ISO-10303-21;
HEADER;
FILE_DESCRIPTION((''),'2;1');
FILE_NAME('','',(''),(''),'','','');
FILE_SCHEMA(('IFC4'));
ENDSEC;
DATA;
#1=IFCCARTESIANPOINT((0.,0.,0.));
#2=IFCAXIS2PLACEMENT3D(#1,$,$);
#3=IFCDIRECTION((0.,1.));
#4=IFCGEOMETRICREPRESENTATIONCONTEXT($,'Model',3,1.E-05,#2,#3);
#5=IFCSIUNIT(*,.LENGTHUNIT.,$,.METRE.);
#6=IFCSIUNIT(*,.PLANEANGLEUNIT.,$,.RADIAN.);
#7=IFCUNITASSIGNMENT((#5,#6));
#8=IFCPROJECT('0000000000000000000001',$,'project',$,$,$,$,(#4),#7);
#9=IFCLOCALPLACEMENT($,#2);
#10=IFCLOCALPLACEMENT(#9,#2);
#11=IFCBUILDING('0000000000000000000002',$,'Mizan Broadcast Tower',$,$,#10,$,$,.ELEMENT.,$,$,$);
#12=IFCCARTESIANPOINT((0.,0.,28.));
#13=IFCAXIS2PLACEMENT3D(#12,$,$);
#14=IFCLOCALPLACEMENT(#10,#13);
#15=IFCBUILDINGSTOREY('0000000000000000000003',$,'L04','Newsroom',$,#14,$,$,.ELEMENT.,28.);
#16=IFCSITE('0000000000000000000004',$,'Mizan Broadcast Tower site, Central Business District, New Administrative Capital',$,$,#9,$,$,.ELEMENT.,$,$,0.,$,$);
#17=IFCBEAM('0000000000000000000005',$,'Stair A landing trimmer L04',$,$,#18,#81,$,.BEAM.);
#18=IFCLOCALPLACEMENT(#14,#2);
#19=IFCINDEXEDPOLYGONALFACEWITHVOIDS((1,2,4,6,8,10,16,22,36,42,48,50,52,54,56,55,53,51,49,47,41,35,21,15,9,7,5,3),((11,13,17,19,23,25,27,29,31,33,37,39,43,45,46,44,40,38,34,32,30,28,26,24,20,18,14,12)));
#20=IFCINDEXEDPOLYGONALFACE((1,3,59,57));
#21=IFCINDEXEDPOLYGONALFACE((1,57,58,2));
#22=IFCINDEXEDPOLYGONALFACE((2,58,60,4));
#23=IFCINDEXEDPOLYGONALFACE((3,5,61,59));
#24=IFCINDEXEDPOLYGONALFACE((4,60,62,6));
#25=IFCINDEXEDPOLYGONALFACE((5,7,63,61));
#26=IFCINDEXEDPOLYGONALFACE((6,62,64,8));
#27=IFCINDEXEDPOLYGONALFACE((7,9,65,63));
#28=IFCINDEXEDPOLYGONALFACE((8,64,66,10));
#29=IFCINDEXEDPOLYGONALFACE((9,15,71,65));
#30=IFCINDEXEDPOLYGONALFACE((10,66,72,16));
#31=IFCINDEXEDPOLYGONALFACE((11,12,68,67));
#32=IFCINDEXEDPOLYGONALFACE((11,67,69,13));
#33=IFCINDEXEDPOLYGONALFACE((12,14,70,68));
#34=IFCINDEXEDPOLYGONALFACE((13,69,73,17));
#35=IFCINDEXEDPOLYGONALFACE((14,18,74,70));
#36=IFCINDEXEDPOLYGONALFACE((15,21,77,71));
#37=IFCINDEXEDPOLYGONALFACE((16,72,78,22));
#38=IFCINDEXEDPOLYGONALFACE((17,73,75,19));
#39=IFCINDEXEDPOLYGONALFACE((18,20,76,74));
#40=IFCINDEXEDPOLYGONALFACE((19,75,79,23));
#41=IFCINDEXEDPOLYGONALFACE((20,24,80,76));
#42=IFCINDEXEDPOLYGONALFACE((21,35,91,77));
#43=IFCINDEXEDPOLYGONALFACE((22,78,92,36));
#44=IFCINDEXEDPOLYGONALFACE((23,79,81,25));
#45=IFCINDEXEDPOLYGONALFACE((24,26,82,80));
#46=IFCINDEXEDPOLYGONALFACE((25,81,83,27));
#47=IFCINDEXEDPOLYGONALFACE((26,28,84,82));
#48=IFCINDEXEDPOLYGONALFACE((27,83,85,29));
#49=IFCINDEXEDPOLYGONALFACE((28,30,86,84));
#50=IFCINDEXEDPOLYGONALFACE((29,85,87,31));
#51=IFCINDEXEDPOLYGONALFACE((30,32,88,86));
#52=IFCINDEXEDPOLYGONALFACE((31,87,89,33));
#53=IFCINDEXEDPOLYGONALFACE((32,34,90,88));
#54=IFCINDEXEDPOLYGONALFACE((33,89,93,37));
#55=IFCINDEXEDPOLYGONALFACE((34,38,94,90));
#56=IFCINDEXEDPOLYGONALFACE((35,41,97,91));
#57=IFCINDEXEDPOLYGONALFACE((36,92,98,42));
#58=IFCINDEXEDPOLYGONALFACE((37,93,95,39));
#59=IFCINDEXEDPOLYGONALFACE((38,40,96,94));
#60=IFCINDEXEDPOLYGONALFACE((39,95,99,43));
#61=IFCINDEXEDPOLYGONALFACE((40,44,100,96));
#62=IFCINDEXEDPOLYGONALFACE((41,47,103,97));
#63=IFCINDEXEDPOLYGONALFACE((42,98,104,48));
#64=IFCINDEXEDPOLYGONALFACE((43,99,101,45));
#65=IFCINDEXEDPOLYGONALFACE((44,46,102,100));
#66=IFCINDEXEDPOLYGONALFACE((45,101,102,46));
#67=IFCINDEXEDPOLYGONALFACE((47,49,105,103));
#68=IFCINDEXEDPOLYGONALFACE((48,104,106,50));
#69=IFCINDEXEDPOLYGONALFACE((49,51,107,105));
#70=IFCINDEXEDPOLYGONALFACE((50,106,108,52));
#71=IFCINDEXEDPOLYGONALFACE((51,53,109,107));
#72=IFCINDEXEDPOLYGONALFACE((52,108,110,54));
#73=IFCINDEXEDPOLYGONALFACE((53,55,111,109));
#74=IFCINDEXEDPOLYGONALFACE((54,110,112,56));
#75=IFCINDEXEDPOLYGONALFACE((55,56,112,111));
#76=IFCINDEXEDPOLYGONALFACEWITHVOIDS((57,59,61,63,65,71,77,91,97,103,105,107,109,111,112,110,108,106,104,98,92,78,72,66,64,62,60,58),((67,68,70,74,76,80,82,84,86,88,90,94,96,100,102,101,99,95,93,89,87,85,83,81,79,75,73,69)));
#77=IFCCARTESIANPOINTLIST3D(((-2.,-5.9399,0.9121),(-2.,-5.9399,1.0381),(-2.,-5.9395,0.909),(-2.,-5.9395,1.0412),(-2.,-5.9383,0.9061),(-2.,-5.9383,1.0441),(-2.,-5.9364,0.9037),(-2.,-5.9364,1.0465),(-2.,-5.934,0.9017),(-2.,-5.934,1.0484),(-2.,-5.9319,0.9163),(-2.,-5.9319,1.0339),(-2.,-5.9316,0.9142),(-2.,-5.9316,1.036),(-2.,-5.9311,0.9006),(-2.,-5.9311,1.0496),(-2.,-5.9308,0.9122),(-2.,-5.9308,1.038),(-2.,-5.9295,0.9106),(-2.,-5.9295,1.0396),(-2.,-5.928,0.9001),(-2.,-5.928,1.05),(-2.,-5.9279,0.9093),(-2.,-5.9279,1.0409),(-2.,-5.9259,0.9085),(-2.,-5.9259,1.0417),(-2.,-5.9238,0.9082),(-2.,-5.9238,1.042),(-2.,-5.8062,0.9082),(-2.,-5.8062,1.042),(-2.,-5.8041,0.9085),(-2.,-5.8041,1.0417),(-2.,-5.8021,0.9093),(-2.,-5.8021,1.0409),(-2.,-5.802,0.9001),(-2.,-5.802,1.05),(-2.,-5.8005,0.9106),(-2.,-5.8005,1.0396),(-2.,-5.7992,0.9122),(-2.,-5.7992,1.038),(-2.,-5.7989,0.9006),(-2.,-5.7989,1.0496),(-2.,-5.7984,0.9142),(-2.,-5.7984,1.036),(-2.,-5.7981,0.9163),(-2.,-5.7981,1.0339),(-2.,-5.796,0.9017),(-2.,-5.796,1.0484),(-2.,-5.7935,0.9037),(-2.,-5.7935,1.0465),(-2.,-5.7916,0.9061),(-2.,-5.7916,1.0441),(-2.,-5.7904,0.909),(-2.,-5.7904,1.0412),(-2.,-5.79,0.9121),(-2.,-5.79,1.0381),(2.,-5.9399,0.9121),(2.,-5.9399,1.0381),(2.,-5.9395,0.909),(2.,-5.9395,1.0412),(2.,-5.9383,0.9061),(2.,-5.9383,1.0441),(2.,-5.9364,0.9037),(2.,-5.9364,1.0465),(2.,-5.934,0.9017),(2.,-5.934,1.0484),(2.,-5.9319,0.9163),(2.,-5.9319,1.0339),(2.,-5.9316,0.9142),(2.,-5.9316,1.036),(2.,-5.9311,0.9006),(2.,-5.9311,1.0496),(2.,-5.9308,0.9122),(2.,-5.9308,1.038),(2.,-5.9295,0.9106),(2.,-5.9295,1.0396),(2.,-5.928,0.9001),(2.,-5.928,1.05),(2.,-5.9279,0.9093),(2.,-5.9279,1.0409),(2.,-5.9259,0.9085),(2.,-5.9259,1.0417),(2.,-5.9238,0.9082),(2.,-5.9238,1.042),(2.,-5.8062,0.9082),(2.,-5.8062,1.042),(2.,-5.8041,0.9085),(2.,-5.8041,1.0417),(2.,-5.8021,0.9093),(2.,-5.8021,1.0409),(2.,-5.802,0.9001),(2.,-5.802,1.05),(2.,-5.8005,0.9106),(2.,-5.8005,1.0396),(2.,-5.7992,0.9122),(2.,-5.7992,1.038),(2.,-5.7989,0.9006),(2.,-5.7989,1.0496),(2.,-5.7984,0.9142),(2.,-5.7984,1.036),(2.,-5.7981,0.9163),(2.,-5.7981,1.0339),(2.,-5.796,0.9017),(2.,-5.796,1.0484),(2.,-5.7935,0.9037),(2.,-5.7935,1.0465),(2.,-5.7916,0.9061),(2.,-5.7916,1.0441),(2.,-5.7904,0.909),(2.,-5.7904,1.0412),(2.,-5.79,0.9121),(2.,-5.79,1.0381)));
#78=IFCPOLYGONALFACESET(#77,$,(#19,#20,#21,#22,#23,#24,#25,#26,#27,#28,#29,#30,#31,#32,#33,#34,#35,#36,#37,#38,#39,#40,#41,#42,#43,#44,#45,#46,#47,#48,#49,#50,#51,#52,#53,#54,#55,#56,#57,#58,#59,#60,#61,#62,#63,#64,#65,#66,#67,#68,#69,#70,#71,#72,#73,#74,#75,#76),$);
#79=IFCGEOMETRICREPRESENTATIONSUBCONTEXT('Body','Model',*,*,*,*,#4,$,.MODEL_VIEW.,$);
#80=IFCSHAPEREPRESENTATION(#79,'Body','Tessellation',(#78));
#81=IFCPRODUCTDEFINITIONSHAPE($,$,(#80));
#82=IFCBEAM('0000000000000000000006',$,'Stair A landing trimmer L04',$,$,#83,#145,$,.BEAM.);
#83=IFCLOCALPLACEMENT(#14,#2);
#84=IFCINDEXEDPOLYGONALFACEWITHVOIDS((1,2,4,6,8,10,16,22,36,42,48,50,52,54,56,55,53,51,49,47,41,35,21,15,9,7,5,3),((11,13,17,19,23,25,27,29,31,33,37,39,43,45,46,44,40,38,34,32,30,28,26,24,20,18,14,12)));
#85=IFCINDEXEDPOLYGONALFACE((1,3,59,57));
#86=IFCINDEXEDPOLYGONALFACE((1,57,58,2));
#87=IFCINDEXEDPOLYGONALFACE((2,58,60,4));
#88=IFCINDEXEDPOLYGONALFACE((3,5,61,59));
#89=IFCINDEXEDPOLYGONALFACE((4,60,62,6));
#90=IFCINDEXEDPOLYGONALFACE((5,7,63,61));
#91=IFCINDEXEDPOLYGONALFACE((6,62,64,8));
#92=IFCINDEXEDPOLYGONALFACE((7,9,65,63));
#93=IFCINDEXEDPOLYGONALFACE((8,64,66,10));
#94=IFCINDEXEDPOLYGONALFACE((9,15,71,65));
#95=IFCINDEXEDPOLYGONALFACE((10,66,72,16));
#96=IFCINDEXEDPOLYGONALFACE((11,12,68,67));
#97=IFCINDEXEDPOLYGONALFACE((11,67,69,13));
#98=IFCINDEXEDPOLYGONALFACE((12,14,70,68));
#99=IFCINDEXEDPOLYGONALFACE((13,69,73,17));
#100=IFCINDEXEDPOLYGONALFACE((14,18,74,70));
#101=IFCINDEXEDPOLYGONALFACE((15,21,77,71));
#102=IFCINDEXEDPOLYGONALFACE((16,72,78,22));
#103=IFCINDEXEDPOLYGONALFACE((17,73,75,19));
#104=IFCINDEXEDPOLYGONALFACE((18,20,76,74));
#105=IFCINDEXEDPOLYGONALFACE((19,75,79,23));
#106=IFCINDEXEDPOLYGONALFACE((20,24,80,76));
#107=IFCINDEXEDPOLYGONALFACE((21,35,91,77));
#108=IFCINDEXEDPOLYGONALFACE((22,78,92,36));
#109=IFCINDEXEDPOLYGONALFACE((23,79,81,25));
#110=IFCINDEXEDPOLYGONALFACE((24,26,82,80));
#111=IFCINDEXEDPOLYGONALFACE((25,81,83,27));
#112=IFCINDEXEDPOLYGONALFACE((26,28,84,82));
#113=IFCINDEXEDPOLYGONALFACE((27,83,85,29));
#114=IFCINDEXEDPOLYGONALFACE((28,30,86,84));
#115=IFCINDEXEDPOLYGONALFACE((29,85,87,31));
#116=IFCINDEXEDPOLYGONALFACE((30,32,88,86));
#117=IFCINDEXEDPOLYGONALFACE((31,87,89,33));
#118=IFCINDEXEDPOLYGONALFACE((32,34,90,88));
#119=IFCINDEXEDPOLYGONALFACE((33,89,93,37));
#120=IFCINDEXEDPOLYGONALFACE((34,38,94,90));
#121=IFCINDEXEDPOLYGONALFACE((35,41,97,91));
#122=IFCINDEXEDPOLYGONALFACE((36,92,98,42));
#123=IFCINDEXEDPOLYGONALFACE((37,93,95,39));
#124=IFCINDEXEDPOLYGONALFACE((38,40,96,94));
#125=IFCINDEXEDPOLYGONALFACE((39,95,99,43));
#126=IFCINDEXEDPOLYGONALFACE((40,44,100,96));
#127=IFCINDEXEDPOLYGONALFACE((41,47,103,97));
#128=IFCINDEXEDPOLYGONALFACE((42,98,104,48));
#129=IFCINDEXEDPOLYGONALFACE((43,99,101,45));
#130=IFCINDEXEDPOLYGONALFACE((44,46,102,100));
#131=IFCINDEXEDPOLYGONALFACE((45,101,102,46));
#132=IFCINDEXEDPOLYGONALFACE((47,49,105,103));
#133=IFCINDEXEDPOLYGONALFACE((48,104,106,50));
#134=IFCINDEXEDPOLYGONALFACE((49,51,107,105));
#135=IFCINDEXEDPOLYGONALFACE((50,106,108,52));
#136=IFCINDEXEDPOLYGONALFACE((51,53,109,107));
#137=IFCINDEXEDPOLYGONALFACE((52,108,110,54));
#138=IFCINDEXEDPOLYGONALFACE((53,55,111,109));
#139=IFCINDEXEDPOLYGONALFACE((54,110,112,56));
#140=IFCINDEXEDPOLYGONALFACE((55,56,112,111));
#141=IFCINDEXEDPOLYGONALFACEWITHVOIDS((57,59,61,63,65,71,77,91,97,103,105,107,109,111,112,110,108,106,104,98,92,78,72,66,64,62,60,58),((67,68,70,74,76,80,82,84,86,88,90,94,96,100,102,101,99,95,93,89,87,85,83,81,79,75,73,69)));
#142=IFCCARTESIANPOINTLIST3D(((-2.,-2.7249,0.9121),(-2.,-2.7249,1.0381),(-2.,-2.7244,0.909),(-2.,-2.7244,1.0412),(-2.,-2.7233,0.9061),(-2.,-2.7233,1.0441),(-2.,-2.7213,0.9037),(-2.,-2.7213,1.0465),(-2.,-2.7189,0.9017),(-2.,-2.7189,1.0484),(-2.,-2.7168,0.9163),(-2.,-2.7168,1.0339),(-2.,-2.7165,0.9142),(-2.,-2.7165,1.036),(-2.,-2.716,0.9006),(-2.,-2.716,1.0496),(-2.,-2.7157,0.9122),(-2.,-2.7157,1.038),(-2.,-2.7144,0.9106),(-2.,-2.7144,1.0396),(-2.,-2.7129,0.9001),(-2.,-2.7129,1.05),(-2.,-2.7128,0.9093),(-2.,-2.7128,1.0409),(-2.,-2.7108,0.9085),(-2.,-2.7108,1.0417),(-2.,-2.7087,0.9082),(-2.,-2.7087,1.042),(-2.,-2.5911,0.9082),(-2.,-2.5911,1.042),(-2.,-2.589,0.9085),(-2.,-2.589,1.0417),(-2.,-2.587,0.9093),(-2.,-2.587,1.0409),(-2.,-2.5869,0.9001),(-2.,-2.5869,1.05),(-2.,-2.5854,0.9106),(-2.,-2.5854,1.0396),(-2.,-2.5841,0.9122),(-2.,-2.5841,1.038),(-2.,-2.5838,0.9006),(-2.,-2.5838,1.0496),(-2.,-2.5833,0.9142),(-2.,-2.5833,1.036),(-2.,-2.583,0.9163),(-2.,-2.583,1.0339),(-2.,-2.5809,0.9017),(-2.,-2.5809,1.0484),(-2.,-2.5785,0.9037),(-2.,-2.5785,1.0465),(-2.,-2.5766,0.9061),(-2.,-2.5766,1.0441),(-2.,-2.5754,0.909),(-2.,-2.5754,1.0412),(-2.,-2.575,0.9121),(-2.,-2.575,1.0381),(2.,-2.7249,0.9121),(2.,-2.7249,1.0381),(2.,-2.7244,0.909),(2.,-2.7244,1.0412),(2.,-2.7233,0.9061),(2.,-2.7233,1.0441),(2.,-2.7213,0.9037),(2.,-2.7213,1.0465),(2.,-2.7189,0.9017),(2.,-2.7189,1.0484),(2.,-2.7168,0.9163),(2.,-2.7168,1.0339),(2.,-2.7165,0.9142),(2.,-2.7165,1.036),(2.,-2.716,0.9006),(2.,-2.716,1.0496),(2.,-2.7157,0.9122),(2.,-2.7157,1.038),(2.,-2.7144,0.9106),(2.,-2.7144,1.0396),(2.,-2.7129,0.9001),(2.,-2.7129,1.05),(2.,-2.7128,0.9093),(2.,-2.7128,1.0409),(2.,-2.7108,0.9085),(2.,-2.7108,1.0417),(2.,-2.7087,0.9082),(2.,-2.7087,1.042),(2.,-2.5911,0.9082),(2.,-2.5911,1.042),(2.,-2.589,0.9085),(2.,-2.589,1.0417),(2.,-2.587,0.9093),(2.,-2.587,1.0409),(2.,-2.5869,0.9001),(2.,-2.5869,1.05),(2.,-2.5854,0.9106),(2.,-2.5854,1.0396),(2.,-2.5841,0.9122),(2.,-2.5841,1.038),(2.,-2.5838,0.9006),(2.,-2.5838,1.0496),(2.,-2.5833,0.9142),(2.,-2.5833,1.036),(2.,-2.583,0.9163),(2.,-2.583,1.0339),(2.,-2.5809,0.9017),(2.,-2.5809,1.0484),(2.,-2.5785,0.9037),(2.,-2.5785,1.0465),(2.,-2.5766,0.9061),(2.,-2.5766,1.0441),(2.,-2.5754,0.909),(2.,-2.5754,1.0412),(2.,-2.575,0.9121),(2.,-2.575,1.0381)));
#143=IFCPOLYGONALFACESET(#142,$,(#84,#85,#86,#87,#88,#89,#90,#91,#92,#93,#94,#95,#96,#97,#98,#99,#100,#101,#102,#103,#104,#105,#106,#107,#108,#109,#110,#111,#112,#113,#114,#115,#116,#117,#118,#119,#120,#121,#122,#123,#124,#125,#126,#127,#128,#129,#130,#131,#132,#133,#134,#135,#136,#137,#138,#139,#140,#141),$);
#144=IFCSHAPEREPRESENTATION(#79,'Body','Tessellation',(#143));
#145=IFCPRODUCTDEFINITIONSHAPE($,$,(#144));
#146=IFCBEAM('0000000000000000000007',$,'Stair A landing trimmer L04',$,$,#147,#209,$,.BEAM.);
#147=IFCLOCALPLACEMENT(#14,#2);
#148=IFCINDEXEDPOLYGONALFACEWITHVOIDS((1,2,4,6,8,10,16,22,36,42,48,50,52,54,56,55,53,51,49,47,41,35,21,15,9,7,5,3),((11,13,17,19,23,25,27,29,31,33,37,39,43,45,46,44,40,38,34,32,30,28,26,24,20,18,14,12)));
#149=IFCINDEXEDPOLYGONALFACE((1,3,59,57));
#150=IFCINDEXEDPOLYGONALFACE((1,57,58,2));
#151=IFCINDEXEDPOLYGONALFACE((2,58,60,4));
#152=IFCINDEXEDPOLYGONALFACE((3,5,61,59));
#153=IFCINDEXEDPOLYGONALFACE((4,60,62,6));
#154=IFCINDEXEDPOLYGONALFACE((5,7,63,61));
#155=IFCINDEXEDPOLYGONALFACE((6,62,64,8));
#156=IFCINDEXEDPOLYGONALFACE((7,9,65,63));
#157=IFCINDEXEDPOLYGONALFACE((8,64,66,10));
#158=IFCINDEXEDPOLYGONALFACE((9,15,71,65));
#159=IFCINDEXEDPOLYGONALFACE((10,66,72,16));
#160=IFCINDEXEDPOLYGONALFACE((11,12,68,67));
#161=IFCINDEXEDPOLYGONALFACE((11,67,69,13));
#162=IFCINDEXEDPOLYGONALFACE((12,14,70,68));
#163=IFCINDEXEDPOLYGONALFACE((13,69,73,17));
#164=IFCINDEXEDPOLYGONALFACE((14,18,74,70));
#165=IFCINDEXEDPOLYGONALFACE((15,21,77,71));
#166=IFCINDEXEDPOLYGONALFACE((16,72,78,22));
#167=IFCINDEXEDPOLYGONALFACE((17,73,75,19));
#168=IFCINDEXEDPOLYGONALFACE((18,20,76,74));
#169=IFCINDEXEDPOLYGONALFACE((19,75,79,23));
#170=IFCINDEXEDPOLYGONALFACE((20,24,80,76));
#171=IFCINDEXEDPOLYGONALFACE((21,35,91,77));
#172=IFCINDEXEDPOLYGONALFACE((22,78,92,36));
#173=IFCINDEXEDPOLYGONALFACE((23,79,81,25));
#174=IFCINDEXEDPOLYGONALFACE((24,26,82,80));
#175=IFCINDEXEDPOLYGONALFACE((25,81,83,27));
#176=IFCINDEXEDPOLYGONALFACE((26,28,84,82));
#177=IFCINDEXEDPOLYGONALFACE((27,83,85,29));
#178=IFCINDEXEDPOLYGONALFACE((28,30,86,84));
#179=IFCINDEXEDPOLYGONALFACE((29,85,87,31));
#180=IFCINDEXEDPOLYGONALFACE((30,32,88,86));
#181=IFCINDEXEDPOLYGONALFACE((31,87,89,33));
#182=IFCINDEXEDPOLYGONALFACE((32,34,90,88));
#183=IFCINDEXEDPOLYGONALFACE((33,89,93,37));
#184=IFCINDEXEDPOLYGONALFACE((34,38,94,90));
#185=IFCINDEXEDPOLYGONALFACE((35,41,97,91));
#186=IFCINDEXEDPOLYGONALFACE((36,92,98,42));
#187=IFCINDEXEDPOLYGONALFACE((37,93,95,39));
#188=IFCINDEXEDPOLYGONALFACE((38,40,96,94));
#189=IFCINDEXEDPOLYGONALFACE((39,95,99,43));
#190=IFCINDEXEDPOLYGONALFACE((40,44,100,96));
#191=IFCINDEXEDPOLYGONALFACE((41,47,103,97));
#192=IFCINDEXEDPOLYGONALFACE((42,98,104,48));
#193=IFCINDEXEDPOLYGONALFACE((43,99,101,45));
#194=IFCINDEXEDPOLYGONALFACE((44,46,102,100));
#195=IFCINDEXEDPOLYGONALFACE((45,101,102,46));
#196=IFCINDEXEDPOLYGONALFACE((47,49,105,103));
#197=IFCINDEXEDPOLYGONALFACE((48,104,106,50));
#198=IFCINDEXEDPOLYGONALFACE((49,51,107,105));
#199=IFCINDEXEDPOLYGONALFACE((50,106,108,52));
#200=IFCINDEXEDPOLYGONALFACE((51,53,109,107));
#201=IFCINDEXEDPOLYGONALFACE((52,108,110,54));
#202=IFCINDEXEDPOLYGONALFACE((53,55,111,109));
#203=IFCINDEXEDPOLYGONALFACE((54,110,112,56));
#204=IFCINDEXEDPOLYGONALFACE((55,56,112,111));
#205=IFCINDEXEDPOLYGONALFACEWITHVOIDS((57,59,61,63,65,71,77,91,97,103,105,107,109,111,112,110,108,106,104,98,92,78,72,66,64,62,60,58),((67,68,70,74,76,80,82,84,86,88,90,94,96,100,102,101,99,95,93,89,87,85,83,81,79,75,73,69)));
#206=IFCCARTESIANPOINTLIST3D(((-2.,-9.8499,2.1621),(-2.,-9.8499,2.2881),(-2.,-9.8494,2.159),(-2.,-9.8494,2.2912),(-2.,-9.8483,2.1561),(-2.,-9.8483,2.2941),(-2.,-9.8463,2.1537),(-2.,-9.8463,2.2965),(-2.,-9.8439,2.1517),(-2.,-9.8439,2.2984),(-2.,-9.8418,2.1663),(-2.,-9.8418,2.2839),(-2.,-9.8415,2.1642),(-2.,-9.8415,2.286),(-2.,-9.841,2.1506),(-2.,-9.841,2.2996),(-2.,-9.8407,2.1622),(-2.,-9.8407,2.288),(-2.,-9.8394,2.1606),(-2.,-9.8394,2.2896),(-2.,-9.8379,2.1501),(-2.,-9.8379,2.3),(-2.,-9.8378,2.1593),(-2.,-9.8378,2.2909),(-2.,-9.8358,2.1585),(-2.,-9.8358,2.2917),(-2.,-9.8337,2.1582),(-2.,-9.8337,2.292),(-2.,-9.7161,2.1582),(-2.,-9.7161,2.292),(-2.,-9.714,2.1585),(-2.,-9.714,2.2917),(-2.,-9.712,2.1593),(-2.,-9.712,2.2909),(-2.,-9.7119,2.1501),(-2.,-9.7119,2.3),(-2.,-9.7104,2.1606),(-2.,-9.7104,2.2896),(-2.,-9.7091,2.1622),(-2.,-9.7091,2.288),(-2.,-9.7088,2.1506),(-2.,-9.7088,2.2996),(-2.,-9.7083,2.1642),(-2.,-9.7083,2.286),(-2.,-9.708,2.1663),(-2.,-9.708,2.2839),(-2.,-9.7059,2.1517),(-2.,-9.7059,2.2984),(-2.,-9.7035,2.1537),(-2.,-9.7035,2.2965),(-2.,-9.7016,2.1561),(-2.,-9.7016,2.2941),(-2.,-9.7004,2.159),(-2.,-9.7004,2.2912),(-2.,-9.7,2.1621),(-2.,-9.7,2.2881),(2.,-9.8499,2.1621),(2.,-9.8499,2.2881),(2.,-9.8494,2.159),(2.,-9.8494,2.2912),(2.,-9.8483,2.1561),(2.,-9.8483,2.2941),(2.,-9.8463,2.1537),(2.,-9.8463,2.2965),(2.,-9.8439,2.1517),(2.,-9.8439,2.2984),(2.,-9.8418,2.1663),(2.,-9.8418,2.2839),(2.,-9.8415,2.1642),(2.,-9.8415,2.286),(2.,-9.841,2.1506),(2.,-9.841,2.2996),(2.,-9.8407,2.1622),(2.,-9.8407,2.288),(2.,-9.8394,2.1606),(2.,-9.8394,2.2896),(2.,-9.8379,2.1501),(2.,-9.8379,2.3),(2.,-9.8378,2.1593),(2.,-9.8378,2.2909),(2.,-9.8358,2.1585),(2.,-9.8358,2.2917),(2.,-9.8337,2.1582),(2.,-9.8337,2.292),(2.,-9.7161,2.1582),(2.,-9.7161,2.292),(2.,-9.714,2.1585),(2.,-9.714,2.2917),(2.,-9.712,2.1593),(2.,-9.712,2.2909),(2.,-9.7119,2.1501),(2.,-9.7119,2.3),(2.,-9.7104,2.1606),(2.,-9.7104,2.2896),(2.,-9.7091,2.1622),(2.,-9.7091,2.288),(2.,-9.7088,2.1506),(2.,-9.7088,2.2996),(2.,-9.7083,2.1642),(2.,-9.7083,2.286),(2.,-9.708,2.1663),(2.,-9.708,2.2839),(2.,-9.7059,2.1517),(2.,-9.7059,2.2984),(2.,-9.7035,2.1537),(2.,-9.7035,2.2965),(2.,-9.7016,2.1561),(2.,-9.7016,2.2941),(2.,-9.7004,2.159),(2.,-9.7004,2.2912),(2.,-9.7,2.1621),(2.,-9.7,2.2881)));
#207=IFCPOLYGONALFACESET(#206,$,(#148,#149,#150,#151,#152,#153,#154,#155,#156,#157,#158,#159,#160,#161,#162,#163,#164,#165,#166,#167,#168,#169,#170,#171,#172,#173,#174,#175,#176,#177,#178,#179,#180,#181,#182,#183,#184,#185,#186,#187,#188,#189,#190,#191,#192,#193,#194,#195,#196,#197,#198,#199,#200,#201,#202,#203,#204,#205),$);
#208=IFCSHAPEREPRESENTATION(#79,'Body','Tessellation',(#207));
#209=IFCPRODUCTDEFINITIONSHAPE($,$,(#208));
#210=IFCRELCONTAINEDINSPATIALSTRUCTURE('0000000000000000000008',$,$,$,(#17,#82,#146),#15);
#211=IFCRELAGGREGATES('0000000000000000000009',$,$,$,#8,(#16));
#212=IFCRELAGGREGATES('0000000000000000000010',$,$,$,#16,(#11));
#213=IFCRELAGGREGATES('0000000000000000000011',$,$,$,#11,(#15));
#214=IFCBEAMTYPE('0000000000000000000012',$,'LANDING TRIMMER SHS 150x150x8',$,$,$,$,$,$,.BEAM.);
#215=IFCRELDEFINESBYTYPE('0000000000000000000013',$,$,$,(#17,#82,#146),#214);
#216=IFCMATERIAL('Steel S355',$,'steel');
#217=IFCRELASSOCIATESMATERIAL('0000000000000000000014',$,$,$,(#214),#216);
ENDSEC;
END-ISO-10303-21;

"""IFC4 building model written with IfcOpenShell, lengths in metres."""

from ifc_helpers import new_model, si_unit, direction, frame, origin, origin_2d, place, context, subcontext, project, spatial, hollow_rectangle, extrude, material, material_profile, profile_set, type_object, element, save


model = new_model("IFC4")

# Units and contexts
model_context = context("Model", 3, precision=1e-05, world=origin(), true_north=direction((0.0, 1.0)))
body_context = subcontext(model_context, "Body", "Model", "MODEL_VIEW")
ifc_project = project(units=[si_unit("LENGTHUNIT", "METRE"), si_unit("PLANEANGLEUNIT", "RADIAN")], contexts=[model_context])

# Site, building, storey
site_placement = place(None, origin())
site = spatial("IfcSite", under=ifc_project, at=site_placement, Name="Mizan Broadcast Tower site, Central Business District, New Administrative Capital", CompositionType="ELEMENT", RefElevation=0.0)
building_placement = place(site_placement, origin())
building = spatial("IfcBuilding", under=site, at=building_placement, Name="Mizan Broadcast Tower", CompositionType="ELEMENT")
storey_placement = place(building_placement, frame((0.0, 0.0, 28.0)))
storey = spatial("IfcBuildingStorey", under=building, at=storey_placement, Name="L04", Description="Newsroom", CompositionType="ELEMENT", Elevation=28.0)

# Beams
ifc_material_1 = material(Name="Steel S355", Category="steel")
ifc_material_profile_1 = material_profile(ifc_material_1, hollow_rectangle(XDim=0.1499, YDim=0.1499, WallThickness=0.0081, InnerFilletRadius=0.0081, OuterFilletRadius=0.012, at=origin_2d()), Name="SHS 150x150x8")
ifc_profile_set_1 = profile_set([ifc_material_profile_1], Name="Steel S355")
beam_type_1 = type_object("IfcBeamType", Name="LANDING TRIMMER SHS 150x150x8", PredefinedType="BEAM", material=ifc_profile_set_1)
for number, where, z_axis, x_axis, name in (
    (1, (-2.0, -5.865, 0.9751), (1.0, 0.0, 0.0), (0.0, 1.0, 0.0), "Stair A landing trimmer L04"),
    (2, (-2.0, -2.6499, 0.9751), (1.0, 0.0, 0.0), (0.0, 1.0, 0.0), "Stair A landing trimmer L04"),
    (3, (-2.0, -9.7749, 2.2251), (1.0, 0.0, 0.0), (0.0, 1.0, 0.0), "Stair A landing trimmer L04"),
):
    element("IfcBeam", number, at=place(storey_placement, frame(where, z_axis=z_axis, x_axis=x_axis)), inside=storey, type_object=beam_type_1, Name=name, PredefinedType="BEAM", context=body_context, shape_type="SweptSolid", body=[
        extrude(hollow_rectangle(XDim=0.1499, YDim=0.1499, WallThickness=0.0081, InnerFilletRadius=0.0081, OuterFilletRadius=0.012, at=origin_2d()), origin(), (0.0, 0.0, 1.0), 4.0),
    ])

save(model, "model.ifc")
